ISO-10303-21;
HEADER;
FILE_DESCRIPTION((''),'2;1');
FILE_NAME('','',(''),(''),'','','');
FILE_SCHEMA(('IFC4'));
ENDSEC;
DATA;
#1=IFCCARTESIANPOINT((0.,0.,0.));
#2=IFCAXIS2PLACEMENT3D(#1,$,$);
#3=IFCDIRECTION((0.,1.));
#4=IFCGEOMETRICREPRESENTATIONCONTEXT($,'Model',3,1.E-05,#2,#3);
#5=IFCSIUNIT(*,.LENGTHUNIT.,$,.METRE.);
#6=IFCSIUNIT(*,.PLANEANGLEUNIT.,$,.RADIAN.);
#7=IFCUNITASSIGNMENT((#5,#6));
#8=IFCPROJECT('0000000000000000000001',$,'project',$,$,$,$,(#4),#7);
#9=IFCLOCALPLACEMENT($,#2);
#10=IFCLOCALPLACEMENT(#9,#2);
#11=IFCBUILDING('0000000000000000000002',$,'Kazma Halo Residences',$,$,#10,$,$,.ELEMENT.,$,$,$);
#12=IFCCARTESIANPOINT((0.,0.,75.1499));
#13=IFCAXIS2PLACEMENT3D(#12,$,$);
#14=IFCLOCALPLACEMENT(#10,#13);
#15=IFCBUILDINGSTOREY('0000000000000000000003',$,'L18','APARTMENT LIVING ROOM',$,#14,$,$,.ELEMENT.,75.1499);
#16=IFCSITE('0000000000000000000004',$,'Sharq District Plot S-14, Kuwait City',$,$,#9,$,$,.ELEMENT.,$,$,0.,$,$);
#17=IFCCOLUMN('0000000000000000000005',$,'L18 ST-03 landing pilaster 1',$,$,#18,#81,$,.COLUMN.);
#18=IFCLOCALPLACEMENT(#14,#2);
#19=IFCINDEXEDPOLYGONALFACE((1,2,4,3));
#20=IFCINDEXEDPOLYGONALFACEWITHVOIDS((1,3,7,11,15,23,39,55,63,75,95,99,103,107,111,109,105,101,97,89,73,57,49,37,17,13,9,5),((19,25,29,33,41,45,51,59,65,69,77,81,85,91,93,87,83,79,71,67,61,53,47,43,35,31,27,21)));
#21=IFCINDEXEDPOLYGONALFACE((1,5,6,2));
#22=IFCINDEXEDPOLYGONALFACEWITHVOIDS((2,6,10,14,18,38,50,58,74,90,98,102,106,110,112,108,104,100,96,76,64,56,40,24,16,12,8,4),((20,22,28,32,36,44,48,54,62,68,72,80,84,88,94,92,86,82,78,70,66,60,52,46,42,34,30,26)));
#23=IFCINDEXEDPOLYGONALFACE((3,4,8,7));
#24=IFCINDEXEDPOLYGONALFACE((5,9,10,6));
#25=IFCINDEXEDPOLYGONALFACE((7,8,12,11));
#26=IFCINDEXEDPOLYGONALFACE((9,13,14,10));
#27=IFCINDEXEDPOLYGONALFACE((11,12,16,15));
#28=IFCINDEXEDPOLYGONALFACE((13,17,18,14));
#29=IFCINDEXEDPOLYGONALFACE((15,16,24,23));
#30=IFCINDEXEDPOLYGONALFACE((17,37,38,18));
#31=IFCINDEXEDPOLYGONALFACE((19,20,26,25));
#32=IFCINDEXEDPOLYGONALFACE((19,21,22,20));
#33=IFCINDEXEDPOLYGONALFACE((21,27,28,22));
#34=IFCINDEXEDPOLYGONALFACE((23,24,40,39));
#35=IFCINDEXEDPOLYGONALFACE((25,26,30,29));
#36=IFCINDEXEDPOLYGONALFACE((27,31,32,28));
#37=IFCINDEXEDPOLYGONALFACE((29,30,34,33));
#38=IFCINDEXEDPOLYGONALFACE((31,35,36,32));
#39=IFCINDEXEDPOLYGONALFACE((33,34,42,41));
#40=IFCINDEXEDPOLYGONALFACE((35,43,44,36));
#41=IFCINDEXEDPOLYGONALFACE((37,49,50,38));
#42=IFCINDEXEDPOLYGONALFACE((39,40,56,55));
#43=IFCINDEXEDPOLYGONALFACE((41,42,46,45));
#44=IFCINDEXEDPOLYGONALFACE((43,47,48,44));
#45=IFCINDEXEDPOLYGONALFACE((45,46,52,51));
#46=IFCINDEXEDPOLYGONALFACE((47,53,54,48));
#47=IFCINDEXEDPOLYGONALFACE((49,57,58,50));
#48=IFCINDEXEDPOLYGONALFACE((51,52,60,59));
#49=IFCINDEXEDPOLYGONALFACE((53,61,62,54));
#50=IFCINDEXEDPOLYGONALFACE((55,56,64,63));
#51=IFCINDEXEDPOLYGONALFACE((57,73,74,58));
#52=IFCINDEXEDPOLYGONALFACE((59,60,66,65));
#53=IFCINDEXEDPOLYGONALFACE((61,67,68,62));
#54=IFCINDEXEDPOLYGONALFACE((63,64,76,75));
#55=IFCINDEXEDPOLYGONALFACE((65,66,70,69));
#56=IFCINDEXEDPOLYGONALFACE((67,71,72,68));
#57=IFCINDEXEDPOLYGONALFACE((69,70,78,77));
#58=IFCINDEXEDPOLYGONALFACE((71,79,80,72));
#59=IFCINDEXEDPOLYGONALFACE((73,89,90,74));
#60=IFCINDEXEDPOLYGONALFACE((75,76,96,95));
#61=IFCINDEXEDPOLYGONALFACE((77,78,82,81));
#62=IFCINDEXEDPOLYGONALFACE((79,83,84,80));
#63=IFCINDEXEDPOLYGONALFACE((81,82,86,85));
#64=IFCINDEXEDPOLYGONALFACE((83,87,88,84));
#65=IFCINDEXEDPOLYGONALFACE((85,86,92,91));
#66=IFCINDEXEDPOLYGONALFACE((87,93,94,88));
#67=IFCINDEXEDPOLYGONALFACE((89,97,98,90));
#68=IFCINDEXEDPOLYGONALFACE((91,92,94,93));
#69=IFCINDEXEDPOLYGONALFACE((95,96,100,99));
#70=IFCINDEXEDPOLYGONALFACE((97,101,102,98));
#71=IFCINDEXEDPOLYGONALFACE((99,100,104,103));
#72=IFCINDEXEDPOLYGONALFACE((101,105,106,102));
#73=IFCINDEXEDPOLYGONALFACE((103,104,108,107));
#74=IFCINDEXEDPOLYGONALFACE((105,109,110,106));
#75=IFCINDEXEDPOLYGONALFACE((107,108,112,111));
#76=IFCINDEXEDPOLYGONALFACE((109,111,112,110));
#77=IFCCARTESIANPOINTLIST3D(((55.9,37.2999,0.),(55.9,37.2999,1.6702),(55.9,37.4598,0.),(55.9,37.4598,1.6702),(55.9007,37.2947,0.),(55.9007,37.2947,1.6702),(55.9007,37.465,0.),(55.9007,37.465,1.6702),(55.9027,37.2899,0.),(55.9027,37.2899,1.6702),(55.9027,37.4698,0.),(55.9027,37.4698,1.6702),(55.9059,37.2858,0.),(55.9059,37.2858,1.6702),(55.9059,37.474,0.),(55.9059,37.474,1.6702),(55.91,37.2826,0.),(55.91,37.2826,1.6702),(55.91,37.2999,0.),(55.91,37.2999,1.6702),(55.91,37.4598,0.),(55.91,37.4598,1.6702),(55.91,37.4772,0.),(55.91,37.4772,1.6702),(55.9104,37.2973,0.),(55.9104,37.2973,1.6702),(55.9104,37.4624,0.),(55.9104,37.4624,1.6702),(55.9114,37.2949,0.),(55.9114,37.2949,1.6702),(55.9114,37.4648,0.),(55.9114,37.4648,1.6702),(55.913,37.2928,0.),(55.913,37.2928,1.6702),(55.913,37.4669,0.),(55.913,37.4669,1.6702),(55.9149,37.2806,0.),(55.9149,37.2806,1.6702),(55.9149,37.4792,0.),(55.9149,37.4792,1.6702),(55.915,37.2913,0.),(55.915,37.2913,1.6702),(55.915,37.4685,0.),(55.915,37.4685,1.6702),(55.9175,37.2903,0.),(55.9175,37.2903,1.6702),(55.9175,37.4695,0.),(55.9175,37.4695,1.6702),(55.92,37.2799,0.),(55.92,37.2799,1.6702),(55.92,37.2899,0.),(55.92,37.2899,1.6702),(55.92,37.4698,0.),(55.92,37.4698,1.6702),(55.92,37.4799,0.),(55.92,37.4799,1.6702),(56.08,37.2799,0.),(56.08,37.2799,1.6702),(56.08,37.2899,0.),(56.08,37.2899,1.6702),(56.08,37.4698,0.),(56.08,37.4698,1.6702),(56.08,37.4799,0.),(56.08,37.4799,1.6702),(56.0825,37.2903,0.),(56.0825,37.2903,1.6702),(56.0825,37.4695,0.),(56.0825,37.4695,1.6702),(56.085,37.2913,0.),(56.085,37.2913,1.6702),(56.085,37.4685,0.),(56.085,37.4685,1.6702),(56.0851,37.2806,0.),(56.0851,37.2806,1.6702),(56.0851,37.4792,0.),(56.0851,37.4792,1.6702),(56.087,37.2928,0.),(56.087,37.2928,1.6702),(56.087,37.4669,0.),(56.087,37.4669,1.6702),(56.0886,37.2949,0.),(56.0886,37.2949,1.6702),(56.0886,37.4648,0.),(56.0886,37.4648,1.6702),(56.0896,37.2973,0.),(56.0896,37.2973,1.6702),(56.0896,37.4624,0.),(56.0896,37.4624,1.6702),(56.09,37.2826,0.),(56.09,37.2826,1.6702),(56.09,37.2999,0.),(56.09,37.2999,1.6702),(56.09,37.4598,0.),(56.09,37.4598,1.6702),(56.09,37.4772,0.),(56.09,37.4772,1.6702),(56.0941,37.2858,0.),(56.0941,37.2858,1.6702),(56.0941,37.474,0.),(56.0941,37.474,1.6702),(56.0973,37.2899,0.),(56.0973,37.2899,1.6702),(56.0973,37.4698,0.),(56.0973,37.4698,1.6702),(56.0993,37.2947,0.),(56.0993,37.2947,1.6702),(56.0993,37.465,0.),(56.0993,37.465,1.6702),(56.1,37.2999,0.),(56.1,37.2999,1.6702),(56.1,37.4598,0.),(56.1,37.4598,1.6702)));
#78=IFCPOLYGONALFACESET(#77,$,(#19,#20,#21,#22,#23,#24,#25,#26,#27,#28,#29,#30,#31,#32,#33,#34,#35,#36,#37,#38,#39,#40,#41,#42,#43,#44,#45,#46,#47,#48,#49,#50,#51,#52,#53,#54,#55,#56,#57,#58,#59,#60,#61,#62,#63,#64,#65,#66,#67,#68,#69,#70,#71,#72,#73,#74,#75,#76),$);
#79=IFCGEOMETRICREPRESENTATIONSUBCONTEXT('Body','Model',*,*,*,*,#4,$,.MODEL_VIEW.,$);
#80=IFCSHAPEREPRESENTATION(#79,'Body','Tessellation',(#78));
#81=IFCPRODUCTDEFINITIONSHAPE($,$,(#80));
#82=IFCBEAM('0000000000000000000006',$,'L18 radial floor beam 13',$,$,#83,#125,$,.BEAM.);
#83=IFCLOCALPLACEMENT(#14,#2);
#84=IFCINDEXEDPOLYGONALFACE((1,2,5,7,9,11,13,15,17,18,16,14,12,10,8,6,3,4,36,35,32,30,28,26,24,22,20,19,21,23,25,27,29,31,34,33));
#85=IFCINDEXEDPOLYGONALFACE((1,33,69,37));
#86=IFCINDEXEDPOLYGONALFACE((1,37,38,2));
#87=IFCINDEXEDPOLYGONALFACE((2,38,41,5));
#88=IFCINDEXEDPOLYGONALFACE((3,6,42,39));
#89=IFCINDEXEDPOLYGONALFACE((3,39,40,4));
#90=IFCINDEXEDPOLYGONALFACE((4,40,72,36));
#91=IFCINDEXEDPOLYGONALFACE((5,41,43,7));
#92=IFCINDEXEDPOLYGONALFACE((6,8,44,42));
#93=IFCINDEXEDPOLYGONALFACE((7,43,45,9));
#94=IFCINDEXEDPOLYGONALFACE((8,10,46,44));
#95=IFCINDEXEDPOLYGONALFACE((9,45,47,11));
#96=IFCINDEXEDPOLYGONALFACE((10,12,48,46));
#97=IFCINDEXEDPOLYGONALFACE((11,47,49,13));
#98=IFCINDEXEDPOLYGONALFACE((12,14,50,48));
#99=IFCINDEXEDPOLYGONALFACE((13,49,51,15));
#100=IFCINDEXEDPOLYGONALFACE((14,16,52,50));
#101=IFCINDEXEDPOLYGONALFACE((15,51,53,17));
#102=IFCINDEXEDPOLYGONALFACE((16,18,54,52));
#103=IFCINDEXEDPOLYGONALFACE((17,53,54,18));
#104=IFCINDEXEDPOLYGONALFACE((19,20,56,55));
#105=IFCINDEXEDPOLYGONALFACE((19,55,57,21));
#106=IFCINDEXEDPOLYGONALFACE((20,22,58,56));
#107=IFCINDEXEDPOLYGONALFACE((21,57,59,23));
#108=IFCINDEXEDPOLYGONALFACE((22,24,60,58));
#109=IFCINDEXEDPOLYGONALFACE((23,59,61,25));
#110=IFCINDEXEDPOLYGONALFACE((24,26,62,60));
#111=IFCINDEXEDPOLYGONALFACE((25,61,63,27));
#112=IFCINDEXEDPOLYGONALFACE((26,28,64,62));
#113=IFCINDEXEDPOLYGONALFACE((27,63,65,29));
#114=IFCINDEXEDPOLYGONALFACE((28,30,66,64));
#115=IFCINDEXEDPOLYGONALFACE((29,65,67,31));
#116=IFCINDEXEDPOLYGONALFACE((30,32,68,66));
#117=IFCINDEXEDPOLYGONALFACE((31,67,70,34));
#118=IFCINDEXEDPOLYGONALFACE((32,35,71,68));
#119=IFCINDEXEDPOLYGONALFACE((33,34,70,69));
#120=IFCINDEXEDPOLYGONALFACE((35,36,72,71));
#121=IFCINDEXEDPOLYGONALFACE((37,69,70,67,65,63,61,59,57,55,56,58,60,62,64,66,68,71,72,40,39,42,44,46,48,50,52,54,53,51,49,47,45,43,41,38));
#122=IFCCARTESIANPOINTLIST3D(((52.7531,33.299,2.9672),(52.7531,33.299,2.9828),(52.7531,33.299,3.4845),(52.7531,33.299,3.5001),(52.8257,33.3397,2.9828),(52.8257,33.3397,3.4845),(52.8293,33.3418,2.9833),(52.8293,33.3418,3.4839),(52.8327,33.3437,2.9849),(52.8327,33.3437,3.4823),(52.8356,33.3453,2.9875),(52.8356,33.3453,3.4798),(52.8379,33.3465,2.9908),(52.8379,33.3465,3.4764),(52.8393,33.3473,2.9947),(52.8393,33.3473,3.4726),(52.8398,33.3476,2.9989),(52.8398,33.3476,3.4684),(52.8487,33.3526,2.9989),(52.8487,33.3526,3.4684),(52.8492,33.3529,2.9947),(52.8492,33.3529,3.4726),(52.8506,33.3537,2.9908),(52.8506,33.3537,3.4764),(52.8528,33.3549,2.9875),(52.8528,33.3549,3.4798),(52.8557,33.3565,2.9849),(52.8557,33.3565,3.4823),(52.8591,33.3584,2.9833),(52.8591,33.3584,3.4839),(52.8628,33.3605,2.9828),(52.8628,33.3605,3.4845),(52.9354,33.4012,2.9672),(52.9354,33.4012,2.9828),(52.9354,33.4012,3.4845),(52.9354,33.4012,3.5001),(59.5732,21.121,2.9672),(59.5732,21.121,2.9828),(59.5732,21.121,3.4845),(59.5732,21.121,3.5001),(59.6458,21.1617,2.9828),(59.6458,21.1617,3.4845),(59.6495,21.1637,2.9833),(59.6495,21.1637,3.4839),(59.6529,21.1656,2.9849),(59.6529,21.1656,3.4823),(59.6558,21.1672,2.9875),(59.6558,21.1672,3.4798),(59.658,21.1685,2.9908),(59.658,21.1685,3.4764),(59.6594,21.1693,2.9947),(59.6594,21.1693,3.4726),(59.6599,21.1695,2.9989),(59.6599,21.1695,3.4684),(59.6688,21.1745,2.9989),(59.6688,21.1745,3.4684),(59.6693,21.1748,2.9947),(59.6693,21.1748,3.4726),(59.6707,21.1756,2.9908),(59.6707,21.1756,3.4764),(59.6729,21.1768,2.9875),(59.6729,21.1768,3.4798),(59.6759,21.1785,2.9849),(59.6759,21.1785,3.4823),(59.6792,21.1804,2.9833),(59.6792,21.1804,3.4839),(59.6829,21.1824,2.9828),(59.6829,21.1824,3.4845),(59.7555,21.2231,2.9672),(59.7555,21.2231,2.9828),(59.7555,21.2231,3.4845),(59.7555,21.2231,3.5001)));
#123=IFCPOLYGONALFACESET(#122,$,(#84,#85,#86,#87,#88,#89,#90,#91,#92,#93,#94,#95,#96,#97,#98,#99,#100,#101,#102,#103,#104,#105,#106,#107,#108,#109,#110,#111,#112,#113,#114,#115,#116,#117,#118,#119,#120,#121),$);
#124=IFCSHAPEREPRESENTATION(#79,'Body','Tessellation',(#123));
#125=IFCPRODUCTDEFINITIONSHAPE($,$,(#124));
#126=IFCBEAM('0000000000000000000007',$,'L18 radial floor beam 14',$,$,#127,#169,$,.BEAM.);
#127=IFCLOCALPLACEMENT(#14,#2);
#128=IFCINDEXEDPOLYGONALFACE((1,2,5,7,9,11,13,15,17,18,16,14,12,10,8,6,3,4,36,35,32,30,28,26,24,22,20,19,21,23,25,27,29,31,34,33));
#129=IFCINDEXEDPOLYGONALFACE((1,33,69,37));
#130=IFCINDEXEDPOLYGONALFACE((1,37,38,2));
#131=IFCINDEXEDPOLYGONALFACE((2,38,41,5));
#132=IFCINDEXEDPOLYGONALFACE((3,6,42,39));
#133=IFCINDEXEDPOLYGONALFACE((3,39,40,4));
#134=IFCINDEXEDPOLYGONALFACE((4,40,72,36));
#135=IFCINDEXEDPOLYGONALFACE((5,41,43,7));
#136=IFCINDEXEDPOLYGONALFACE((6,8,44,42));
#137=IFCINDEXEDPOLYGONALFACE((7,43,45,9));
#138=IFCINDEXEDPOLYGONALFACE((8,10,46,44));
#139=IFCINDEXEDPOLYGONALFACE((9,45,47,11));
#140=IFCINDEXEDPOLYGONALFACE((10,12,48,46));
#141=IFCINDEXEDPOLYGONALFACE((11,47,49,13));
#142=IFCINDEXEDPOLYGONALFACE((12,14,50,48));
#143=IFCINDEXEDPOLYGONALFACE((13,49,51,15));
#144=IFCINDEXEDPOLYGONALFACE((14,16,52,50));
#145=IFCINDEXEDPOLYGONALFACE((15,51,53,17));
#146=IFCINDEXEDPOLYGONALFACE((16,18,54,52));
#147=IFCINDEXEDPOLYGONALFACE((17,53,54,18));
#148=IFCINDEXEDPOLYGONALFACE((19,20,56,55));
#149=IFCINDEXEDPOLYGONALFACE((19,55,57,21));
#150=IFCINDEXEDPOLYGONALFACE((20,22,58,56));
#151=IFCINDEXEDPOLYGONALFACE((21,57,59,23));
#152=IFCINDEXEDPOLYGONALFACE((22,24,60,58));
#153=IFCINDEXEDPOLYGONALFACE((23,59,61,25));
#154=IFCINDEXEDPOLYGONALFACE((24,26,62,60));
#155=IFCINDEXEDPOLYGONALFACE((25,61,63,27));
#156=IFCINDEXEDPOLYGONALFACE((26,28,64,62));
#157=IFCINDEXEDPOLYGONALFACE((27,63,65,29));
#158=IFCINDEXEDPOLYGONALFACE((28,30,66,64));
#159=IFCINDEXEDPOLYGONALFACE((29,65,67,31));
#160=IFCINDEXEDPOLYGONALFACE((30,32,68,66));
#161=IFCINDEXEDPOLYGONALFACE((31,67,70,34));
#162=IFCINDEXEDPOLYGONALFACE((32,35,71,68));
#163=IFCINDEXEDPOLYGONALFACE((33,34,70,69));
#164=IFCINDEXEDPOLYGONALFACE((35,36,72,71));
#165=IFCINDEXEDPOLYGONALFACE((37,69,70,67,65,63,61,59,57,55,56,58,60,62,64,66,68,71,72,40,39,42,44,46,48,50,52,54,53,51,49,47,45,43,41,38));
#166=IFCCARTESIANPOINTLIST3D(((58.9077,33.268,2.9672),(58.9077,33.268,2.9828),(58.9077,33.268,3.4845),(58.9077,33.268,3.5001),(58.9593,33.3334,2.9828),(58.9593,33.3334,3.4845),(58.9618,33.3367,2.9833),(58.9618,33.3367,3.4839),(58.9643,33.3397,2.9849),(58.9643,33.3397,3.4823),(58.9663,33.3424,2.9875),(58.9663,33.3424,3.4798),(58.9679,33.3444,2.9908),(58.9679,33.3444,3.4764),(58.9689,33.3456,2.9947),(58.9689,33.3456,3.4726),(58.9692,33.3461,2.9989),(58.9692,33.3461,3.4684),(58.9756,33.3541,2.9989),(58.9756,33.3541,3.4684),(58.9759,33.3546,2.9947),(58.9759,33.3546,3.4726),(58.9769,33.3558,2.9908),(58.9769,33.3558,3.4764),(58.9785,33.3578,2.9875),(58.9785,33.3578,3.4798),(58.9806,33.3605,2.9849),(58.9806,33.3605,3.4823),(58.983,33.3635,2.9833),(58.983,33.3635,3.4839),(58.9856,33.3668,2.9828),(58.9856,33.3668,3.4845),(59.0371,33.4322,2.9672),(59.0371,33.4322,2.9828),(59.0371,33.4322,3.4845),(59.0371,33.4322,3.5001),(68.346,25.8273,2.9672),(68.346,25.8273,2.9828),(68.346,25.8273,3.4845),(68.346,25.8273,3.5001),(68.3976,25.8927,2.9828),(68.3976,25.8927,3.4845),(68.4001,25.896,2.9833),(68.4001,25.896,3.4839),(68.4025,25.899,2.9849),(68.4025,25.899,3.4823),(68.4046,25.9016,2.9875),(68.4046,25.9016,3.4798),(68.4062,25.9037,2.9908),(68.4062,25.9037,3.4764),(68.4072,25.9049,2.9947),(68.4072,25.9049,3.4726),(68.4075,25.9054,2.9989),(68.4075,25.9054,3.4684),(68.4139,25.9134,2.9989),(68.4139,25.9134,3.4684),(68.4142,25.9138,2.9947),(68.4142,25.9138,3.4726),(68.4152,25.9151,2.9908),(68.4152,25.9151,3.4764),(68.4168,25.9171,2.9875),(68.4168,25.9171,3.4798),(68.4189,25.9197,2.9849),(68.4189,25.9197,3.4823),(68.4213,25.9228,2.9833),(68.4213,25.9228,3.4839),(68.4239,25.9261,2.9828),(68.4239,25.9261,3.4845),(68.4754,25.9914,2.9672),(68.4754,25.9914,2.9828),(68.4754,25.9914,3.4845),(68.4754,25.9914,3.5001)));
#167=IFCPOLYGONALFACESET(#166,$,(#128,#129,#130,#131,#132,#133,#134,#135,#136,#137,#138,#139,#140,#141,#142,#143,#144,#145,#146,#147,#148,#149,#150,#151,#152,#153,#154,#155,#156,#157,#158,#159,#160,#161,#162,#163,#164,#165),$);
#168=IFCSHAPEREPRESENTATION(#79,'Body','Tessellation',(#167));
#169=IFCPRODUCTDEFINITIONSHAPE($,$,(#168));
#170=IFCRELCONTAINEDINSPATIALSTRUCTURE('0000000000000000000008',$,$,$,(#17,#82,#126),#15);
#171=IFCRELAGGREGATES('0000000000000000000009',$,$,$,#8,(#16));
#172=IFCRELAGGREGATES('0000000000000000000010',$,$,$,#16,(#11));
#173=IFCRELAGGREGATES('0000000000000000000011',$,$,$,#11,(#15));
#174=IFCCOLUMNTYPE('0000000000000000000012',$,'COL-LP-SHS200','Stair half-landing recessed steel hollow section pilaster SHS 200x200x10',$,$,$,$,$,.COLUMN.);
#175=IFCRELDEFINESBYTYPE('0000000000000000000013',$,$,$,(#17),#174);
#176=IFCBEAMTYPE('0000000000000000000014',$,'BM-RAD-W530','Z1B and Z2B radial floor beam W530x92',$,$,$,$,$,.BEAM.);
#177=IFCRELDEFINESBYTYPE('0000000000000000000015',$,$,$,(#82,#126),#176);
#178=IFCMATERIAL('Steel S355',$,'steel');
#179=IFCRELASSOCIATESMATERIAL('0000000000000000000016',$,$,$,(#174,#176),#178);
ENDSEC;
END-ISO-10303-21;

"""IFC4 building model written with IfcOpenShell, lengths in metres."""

from ifc_helpers import new_model, si_unit, direction, frame, origin, origin_2d, place, context, subcontext, project, spatial, hollow_rectangle, i_section, extrude, material, material_profile, profile_set, type_object, element, save


model = new_model("IFC4")

# Units and contexts
model_context = context("Model", 3, precision=1e-05, world=origin(), true_north=direction((0.0, 1.0)))
body_context = subcontext(model_context, "Body", "Model", "MODEL_VIEW")
ifc_project = project(units=[si_unit("LENGTHUNIT", "METRE"), si_unit("PLANEANGLEUNIT", "RADIAN")], contexts=[model_context])

# Site, building, storey
site_placement = place(None, origin())
site = spatial("IfcSite", under=ifc_project, at=site_placement, Name="Sharq District Plot S-14, Kuwait City", CompositionType="ELEMENT", RefElevation=0.0)
building_placement = place(site_placement, origin())
building = spatial("IfcBuilding", under=site, at=building_placement, Name="Kazma Halo Residences", CompositionType="ELEMENT")
storey_placement = place(building_placement, frame((0.0, 0.0, 75.1499)))
storey = spatial("IfcBuildingStorey", under=building, at=storey_placement, Name="L18", Description="APARTMENT LIVING ROOM", CompositionType="ELEMENT", Elevation=75.1499)

# Column
ifc_material_1 = material(Name="Steel S355", Category="steel")
ifc_material_profile_1 = material_profile(ifc_material_1, hollow_rectangle(XDim=0.2, YDim=0.2, WallThickness=0.01, InnerFilletRadius=0.01, OuterFilletRadius=0.02, at=origin_2d()), Name="SHS200x200x10")
ifc_profile_set_1 = profile_set([ifc_material_profile_1], Name="Steel S355")
column_type = type_object("IfcColumnType", Name="COL-LP-SHS200", Description="Stair half-landing recessed steel hollow section pilaster SHS 200x200x10", PredefinedType="COLUMN", material=ifc_profile_set_1)
column_placement = place(storey_placement, frame((56.0, 37.3799, 0.0), z_axis=(0.0, 0.0, 1.0), x_axis=(1.0, 0.0, 0.0)))
element("IfcColumn", 1, at=column_placement, inside=storey, type_object=column_type, Name="L18 ST-03 landing pilaster 1", PredefinedType="COLUMN", context=body_context, shape_type="SweptSolid", body=[
    extrude(hollow_rectangle(XDim=0.2, YDim=0.2, WallThickness=0.01, InnerFilletRadius=0.01, OuterFilletRadius=0.02, at=origin_2d()), origin(), (0.0, 0.0, 1.0), 1.6702),
])

# Beams
ifc_material_profile_2 = material_profile(ifc_material_1, i_section(OverallWidth=0.209, OverallDepth=0.533, WebThickness=0.0103, FlangeThickness=0.0156, FilletRadius=0.0161, at=origin_2d()), Name="W530x92")
ifc_profile_set_2 = profile_set([ifc_material_profile_2], Name="Steel S355")
beam_type_1 = type_object("IfcBeamType", Name="BM-RAD-W530", Description="Z1B and Z2B radial floor beam W530x92", PredefinedType="BEAM", material=ifc_profile_set_2)
beam_1_placement = place(storey_placement, frame((52.8442, 33.3501, 3.2336), z_axis=(0.488625, -0.872494, 0.0), x_axis=(0.872494, 0.488625, 0.0)))
element("IfcBeam", 2, at=beam_1_placement, inside=storey, type_object=beam_type_1, Name="L18 radial floor beam 13", PredefinedType="BEAM", context=body_context, shape_type="SweptSolid", body=[
    extrude(i_section(OverallWidth=0.209, OverallDepth=0.533, WebThickness=0.0103, FlangeThickness=0.0156, FilletRadius=0.0161, at=origin_2d()), origin(), (0.0, 0.0, 1.0), 13.9578),
])
beam_2_placement = place(storey_placement, frame((58.9724, 33.3501, 3.2336), z_axis=(0.78531, -0.619103, 0.0), x_axis=(0.619103, 0.78531, 0.0)))
element("IfcBeam", 3, at=beam_2_placement, inside=storey, type_object=beam_type_1, Name="L18 radial floor beam 14", PredefinedType="BEAM", context=body_context, shape_type="SweptSolid", body=[
    extrude(i_section(OverallWidth=0.209, OverallDepth=0.533, WebThickness=0.0103, FlangeThickness=0.0156, FilletRadius=0.0161, at=origin_2d()), origin(), (0.0, 0.0, 1.0), 12.0186),
])

save(model, "model.ifc")
